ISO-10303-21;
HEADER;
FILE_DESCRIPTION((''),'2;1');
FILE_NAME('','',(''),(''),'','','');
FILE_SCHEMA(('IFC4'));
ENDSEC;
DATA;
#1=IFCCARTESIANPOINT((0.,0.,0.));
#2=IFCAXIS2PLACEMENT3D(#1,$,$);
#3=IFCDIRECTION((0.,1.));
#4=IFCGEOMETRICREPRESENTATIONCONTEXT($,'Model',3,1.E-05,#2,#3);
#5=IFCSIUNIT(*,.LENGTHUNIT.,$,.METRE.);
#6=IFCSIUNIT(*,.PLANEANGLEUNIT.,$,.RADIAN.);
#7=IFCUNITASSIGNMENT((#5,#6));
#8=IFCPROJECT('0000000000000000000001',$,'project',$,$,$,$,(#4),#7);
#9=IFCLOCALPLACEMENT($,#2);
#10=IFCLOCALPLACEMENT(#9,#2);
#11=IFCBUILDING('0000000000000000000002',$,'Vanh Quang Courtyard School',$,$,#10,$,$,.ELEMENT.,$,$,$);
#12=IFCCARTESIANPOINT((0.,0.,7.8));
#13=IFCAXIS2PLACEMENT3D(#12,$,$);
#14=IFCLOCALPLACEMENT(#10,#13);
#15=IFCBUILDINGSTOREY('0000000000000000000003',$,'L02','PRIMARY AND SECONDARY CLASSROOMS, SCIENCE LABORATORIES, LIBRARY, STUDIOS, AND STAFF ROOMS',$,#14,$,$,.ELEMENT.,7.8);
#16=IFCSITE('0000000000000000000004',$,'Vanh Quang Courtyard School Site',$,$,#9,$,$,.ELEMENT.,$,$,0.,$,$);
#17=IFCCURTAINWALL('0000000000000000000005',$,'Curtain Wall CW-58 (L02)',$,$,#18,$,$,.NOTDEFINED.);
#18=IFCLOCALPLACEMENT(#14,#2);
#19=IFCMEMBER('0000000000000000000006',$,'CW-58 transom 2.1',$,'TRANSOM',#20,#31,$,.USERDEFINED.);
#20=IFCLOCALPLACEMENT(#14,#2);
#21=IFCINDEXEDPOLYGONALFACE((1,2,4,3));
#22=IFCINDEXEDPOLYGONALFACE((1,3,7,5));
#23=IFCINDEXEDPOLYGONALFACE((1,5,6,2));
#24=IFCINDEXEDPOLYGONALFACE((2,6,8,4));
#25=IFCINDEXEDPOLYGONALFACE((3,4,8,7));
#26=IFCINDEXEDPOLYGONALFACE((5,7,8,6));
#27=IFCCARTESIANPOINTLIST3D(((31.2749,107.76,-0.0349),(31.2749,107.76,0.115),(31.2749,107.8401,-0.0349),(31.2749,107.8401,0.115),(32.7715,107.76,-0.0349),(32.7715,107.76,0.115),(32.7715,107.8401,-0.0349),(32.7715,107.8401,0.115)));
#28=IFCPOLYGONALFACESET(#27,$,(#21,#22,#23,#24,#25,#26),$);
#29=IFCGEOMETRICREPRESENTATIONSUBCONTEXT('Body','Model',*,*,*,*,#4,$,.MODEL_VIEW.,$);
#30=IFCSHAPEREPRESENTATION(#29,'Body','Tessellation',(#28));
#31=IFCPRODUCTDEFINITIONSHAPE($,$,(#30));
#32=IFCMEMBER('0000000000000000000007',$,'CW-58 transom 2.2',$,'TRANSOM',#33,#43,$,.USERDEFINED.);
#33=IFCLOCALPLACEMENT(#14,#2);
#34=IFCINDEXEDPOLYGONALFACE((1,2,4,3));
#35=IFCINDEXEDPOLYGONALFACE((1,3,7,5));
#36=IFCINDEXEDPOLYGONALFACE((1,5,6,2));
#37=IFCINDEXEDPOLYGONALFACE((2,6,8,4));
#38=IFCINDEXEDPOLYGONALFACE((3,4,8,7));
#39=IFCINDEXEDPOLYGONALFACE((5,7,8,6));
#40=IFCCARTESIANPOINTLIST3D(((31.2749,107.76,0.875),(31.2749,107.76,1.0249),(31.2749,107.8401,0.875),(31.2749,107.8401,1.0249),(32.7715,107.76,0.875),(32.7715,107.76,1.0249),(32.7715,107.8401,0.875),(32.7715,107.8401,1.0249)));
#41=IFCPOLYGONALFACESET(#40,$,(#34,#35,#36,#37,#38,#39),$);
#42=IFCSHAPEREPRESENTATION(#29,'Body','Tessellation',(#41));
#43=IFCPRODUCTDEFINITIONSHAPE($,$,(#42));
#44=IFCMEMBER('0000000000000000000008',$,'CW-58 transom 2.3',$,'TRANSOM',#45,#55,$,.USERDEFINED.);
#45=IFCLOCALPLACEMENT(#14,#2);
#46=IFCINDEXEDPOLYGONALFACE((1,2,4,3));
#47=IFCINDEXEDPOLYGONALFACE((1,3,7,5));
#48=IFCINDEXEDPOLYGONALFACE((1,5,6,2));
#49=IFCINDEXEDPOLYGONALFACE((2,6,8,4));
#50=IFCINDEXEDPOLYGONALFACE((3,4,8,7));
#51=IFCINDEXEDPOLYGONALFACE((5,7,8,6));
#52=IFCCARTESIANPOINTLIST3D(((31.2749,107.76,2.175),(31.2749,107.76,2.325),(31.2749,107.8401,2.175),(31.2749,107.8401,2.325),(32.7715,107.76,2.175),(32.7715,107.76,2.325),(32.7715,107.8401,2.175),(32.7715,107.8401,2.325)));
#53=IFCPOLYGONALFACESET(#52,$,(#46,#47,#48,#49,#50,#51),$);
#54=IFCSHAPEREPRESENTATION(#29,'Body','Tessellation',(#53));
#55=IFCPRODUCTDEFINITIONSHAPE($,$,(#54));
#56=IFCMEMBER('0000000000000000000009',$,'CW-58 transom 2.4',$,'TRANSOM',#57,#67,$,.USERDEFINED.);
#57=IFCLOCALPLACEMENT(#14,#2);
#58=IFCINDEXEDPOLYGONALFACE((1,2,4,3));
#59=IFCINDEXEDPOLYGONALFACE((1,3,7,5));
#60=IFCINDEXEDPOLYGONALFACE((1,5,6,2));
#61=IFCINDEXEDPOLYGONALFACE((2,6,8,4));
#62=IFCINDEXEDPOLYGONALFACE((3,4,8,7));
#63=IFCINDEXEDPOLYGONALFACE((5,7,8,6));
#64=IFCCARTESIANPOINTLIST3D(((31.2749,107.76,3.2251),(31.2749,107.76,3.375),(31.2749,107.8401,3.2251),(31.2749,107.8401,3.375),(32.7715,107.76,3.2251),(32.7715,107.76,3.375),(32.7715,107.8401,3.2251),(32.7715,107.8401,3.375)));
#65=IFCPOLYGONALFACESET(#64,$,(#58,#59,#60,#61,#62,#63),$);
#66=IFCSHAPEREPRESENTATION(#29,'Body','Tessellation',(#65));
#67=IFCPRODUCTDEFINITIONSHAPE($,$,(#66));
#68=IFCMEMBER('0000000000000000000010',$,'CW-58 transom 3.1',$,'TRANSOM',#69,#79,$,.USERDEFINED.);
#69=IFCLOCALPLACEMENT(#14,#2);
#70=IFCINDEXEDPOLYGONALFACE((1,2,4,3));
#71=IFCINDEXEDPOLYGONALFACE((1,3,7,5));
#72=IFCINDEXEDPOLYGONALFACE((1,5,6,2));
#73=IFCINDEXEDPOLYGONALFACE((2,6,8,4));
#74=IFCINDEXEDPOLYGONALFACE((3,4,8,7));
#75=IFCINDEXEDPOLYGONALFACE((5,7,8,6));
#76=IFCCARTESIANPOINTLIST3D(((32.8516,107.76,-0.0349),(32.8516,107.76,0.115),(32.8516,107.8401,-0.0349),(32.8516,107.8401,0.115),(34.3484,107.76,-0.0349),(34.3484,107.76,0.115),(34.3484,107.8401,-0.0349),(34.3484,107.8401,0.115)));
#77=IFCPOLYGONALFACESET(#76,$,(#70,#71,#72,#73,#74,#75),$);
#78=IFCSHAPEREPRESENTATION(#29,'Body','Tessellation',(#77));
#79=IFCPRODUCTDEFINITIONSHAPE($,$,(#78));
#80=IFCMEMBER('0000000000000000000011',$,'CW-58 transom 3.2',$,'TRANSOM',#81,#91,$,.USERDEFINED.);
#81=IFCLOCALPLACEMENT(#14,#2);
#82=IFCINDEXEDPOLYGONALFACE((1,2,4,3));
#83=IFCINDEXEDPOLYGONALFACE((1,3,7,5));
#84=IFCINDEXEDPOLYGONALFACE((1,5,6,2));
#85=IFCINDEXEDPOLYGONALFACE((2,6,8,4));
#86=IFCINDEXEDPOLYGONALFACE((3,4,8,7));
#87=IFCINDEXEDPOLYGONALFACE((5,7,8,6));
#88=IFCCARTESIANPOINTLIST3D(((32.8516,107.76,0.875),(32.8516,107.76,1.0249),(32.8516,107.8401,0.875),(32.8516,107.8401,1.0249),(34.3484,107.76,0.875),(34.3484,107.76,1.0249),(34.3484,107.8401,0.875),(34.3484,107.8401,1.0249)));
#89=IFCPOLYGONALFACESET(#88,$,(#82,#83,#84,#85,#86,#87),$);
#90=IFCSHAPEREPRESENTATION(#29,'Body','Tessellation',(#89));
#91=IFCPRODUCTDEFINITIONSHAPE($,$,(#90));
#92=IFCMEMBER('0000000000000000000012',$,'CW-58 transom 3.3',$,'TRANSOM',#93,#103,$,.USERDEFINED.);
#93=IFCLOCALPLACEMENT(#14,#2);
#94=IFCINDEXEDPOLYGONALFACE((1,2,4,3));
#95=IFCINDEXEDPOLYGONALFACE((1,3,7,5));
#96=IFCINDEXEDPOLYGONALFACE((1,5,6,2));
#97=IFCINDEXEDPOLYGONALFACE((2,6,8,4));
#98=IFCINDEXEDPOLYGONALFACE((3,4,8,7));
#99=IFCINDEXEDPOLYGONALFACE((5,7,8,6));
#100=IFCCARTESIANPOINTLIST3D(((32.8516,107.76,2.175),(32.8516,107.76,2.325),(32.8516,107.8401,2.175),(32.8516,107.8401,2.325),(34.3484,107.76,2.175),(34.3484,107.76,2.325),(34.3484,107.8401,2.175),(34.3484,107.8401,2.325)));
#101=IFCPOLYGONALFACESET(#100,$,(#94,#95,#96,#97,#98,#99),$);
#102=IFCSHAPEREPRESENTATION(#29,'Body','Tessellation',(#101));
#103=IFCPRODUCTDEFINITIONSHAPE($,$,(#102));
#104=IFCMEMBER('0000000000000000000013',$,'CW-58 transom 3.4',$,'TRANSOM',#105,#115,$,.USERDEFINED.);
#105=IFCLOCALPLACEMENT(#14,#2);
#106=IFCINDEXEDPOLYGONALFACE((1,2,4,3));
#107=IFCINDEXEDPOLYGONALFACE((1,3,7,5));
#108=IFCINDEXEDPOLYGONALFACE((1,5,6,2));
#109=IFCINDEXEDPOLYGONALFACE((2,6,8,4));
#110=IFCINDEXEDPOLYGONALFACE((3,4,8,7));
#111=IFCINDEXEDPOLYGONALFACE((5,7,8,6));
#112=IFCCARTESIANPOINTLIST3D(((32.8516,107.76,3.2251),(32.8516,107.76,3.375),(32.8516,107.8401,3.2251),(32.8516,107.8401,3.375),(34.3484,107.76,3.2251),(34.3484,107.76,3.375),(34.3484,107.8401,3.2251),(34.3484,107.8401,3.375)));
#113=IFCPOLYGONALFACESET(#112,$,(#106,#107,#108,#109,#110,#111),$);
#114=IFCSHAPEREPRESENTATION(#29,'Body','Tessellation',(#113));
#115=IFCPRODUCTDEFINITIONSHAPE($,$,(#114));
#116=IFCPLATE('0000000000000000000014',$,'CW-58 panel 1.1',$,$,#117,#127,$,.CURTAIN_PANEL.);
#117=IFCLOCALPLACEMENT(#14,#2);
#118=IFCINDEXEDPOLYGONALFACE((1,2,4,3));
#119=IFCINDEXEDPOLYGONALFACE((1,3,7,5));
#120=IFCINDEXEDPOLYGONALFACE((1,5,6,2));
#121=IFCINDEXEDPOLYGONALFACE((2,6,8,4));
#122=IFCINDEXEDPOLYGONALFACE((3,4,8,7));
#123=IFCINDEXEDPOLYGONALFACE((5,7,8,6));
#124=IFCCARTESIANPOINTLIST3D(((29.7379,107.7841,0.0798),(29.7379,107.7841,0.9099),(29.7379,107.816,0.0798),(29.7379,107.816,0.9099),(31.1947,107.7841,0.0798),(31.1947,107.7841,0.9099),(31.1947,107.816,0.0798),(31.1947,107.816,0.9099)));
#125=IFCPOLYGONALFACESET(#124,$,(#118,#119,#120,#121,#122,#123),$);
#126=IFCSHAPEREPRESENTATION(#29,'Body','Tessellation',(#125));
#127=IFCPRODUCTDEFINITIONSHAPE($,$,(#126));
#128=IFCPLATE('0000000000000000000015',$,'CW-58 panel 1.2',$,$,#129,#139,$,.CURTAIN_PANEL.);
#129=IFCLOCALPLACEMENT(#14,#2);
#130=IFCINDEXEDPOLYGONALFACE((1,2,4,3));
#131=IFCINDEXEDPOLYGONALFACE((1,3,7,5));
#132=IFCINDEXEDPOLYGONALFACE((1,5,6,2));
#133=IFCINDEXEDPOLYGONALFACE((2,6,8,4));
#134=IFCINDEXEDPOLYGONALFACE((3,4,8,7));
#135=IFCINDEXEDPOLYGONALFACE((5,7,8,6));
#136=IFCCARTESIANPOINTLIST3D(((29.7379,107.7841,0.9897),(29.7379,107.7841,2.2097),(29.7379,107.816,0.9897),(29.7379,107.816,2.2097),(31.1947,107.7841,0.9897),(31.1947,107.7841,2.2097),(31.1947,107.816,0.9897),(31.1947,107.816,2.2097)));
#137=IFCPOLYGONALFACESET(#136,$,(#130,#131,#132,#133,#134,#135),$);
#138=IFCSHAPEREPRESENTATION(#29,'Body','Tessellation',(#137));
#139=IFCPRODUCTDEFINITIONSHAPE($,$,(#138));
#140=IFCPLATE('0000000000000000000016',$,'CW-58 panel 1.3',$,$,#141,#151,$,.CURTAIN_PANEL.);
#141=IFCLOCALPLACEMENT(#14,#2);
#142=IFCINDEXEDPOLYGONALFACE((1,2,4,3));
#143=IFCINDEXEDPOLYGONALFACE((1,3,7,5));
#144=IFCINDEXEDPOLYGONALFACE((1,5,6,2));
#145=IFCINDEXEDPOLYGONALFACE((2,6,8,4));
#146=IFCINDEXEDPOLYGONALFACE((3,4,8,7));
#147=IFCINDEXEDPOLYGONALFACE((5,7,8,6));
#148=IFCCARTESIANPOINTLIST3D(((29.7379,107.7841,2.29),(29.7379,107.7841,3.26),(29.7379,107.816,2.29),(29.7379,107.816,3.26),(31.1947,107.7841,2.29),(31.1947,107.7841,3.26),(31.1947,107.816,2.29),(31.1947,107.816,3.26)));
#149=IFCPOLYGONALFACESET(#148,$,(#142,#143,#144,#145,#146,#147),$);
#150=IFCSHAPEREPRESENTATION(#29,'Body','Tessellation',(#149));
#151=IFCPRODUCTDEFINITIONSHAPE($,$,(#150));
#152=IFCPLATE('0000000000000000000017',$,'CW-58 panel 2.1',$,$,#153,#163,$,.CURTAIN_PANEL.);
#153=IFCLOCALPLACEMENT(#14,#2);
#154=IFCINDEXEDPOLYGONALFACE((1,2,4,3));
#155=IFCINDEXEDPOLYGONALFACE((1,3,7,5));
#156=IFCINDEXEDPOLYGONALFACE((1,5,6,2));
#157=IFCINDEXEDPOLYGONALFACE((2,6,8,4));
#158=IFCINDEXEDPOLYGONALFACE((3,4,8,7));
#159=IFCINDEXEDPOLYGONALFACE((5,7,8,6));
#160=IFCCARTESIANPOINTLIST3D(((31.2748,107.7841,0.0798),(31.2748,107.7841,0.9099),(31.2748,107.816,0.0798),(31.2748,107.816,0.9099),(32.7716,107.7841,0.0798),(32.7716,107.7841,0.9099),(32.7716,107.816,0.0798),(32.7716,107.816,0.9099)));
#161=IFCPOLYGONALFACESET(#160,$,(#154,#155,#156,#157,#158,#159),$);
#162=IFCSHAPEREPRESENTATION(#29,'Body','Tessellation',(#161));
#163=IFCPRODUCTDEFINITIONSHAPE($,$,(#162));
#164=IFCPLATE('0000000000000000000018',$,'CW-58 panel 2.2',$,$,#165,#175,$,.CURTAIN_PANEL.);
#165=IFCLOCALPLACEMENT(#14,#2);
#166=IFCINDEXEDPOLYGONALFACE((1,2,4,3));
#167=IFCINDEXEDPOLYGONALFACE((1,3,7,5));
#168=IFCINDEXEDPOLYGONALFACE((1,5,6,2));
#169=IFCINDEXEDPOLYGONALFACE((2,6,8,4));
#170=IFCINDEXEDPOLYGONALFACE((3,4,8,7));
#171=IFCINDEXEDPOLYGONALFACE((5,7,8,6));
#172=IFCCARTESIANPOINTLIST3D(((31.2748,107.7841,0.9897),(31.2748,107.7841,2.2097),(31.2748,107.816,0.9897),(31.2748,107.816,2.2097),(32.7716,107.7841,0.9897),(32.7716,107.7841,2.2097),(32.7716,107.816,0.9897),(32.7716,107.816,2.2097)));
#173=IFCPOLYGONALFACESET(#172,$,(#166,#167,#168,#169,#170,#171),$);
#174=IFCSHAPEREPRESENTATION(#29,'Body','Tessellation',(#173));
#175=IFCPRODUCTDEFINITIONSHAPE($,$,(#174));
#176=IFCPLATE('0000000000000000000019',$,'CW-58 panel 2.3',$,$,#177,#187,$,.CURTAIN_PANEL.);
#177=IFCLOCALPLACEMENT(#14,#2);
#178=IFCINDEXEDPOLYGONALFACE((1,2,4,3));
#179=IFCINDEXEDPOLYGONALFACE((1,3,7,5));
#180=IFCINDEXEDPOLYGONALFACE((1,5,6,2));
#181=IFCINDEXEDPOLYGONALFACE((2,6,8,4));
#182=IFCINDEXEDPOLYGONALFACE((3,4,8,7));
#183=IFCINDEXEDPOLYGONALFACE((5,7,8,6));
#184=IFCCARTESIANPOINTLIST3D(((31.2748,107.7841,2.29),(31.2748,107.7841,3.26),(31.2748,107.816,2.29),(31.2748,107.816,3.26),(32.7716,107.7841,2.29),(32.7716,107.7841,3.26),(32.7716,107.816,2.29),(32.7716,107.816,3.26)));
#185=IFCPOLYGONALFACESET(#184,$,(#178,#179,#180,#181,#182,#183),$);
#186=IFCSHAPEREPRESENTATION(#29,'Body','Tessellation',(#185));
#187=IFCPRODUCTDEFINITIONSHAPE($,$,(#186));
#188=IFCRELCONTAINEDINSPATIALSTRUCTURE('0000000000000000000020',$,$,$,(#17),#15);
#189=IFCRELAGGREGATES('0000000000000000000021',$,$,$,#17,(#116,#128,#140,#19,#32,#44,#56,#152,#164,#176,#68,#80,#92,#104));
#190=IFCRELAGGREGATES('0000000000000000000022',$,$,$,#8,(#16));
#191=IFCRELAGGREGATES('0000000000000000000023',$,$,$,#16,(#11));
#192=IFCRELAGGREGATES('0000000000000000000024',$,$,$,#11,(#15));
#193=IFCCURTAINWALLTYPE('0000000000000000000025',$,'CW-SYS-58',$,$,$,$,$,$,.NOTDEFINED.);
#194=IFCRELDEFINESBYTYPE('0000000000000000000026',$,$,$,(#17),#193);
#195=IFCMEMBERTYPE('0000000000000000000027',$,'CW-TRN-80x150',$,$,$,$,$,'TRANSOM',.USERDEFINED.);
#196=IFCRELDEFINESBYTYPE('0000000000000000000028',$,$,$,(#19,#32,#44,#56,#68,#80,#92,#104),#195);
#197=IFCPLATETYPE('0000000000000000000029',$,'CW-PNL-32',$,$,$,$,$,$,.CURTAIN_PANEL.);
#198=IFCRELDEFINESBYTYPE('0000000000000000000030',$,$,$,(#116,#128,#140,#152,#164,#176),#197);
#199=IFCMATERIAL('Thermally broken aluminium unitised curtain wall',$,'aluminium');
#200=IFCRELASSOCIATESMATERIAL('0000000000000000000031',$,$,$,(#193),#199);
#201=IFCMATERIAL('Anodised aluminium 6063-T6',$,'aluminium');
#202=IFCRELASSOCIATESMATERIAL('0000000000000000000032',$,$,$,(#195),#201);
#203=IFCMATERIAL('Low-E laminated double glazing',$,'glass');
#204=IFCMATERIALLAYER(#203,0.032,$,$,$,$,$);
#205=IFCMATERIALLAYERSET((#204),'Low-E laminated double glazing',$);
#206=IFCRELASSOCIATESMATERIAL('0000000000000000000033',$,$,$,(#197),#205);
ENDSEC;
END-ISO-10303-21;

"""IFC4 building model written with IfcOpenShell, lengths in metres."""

from ifc_helpers import new_model, si_unit, direction, frame, origin, origin_2d, place, context, subcontext, project, spatial, rectangle, extrude, material, layer, layer_set, material_profile, profile_set, type_object, element, aggregate, save


model = new_model("IFC4")

# Units and contexts
model_context = context("Model", 3, precision=1e-05, world=origin(), true_north=direction((0.0, 1.0)))
body_context = subcontext(model_context, "Body", "Model", "MODEL_VIEW")
ifc_project = project(units=[si_unit("LENGTHUNIT", "METRE"), si_unit("PLANEANGLEUNIT", "RADIAN")], contexts=[model_context])

# Site, building, storey
site_placement = place(None, origin())
site = spatial("IfcSite", under=ifc_project, at=site_placement, Name="Vanh Quang Courtyard School Site", CompositionType="ELEMENT", RefElevation=0.0)
building_placement = place(site_placement, origin())
building = spatial("IfcBuilding", under=site, at=building_placement, Name="Vanh Quang Courtyard School", CompositionType="ELEMENT")
storey_placement = place(building_placement, frame((0.0, 0.0, 7.8)))
storey = spatial("IfcBuildingStorey", under=building, at=storey_placement, Name="L02", Description="PRIMARY AND SECONDARY CLASSROOMS, SCIENCE LABORATORIES, LIBRARY, STUDIOS, AND STAFF ROOMS", CompositionType="ELEMENT", Elevation=7.8)

# Curtain wall, members, plates
ifc_material_1 = material(Name="Thermally broken aluminium unitised curtain wall", Category="aluminium")
curtain_wall_type = type_object("IfcCurtainWallType", Name="CW-SYS-58", PredefinedType="NOTDEFINED", material=ifc_material_1)
curtain_wall_placement = place(storey_placement, origin())
curtain_wall = element("IfcCurtainWall", 1, at=curtain_wall_placement, inside=storey, type_object=curtain_wall_type, Name="Curtain Wall CW-58 (L02)", PredefinedType="NOTDEFINED")
ifc_material_2 = material(Name="Anodised aluminium 6063-T6", Category="aluminium")
ifc_material_profile_1 = material_profile(ifc_material_2, rectangle(XDim=0.0801, YDim=0.1499, at=origin_2d()), Name="ALU-TRN 80x150")
ifc_profile_set_1 = profile_set([ifc_material_profile_1], Name="Anodised aluminium 6063-T6")
member_type_1 = type_object("IfcMemberType", Name="CW-TRN-80x150", ElementType="TRANSOM", PredefinedType="USERDEFINED", material=ifc_profile_set_1)
member_1_placement = place(storey_placement, frame((31.2749, 107.8, 0.04), z_axis=(1.0, 0.0, 0.0), x_axis=(0.0, 1.0, 0.0)))
member_1 = element("IfcMember", 2, at=member_1_placement, type_object=member_type_1, Name="CW-58 transom 2.1", ObjectType="TRANSOM", PredefinedType="USERDEFINED", context=body_context, shape_type="SweptSolid", body=[
    extrude(rectangle(XDim=0.0801, YDim=0.1499, at=origin_2d()), origin(), (0.0, 0.0, 1.0), 1.4966),
])
member_2_placement = place(storey_placement, frame((31.2749, 107.8, 0.95), z_axis=(1.0, 0.0, 0.0), x_axis=(0.0, 1.0, 0.0)))
member_2 = element("IfcMember", 3, at=member_2_placement, type_object=member_type_1, Name="CW-58 transom 2.2", ObjectType="TRANSOM", PredefinedType="USERDEFINED", context=body_context, shape_type="SweptSolid", body=[
    extrude(rectangle(XDim=0.0801, YDim=0.1499, at=origin_2d()), origin(), (0.0, 0.0, 1.0), 1.4966),
])
member_3_placement = place(storey_placement, frame((31.2749, 107.8, 2.25), z_axis=(1.0, 0.0, 0.0), x_axis=(0.0, 1.0, 0.0)))
member_3 = element("IfcMember", 4, at=member_3_placement, type_object=member_type_1, Name="CW-58 transom 2.3", ObjectType="TRANSOM", PredefinedType="USERDEFINED", context=body_context, shape_type="SweptSolid", body=[
    extrude(rectangle(XDim=0.0801, YDim=0.1499, at=origin_2d()), origin(), (0.0, 0.0, 1.0), 1.4966),
])
member_4_placement = place(storey_placement, frame((31.2749, 107.8, 3.3), z_axis=(1.0, 0.0, 0.0), x_axis=(0.0, 1.0, 0.0)))
member_4 = element("IfcMember", 5, at=member_4_placement, type_object=member_type_1, Name="CW-58 transom 2.4", ObjectType="TRANSOM", PredefinedType="USERDEFINED", context=body_context, shape_type="SweptSolid", body=[
    extrude(rectangle(XDim=0.0801, YDim=0.1499, at=origin_2d()), origin(), (0.0, 0.0, 1.0), 1.4966),
])
member_5_placement = place(storey_placement, frame((32.8516, 107.8, 0.04), z_axis=(1.0, 0.0, 0.0), x_axis=(0.0, 1.0, 0.0)))
member_5 = element("IfcMember", 6, at=member_5_placement, type_object=member_type_1, Name="CW-58 transom 3.1", ObjectType="TRANSOM", PredefinedType="USERDEFINED", context=body_context, shape_type="SweptSolid", body=[
    extrude(rectangle(XDim=0.0801, YDim=0.1499, at=origin_2d()), origin(), (0.0, 0.0, 1.0), 1.4968),
])
member_6_placement = place(storey_placement, frame((32.8516, 107.8, 0.95), z_axis=(1.0, 0.0, 0.0), x_axis=(0.0, 1.0, 0.0)))
member_6 = element("IfcMember", 7, at=member_6_placement, type_object=member_type_1, Name="CW-58 transom 3.2", ObjectType="TRANSOM", PredefinedType="USERDEFINED", context=body_context, shape_type="SweptSolid", body=[
    extrude(rectangle(XDim=0.0801, YDim=0.1499, at=origin_2d()), origin(), (0.0, 0.0, 1.0), 1.4968),
])
member_7_placement = place(storey_placement, frame((32.8516, 107.8, 2.25), z_axis=(1.0, 0.0, 0.0), x_axis=(0.0, 1.0, 0.0)))
member_7 = element("IfcMember", 8, at=member_7_placement, type_object=member_type_1, Name="CW-58 transom 3.3", ObjectType="TRANSOM", PredefinedType="USERDEFINED", context=body_context, shape_type="SweptSolid", body=[
    extrude(rectangle(XDim=0.0801, YDim=0.1499, at=origin_2d()), origin(), (0.0, 0.0, 1.0), 1.4968),
])
member_8_placement = place(storey_placement, frame((32.8516, 107.8, 3.3), z_axis=(1.0, 0.0, 0.0), x_axis=(0.0, 1.0, 0.0)))
member_8 = element("IfcMember", 9, at=member_8_placement, type_object=member_type_1, Name="CW-58 transom 3.4", ObjectType="TRANSOM", PredefinedType="USERDEFINED", context=body_context, shape_type="SweptSolid", body=[
    extrude(rectangle(XDim=0.0801, YDim=0.1499, at=origin_2d()), origin(), (0.0, 0.0, 1.0), 1.4968),
])
ifc_material_3 = material(Name="Low-E laminated double glazing", Category="glass")
ifc_layer_1 = layer(ifc_material_3, 0.032)
ifc_layer_set_1 = layer_set([ifc_layer_1], Name="Low-E laminated double glazing")
plate_type = type_object("IfcPlateType", Name="CW-PNL-32", PredefinedType="CURTAIN_PANEL", material=ifc_layer_set_1)
plate_1_placement = place(storey_placement, frame((30.4663, 107.8, 0.0798), z_axis=(0.0, 0.0, 1.0), x_axis=(1.0, 0.0, 0.0)))
plate_1 = element("IfcPlate", 10, at=plate_1_placement, type_object=plate_type, Name="CW-58 panel 1.1", PredefinedType="CURTAIN_PANEL", context=body_context, shape_type="SweptSolid", body=[
    extrude(rectangle(XDim=1.4568, YDim=0.032, at=origin_2d()), origin(), (0.0, 0.0, 1.0), 0.8301),
])
plate_2_placement = place(storey_placement, frame((30.4663, 107.8, 0.9897), z_axis=(0.0, 0.0, 1.0), x_axis=(1.0, 0.0, 0.0)))
plate_2 = element("IfcPlate", 11, at=plate_2_placement, type_object=plate_type, Name="CW-58 panel 1.2", PredefinedType="CURTAIN_PANEL", context=body_context, shape_type="SweptSolid", body=[
    extrude(rectangle(XDim=1.4568, YDim=0.032, at=origin_2d()), origin(), (0.0, 0.0, 1.0), 1.22),
])
plate_3_placement = place(storey_placement, frame((30.4663, 107.8, 2.29), z_axis=(0.0, 0.0, 1.0), x_axis=(1.0, 0.0, 0.0)))
plate_3 = element("IfcPlate", 12, at=plate_3_placement, type_object=plate_type, Name="CW-58 panel 1.3", PredefinedType="CURTAIN_PANEL", context=body_context, shape_type="SweptSolid", body=[
    extrude(rectangle(XDim=1.4568, YDim=0.032, at=origin_2d()), origin(), (0.0, 0.0, 1.0), 0.97),
])
plate_4_placement = place(storey_placement, frame((32.0232, 107.8, 0.0798), z_axis=(0.0, 0.0, 1.0), x_axis=(1.0, 0.0, 0.0)))
plate_4 = element("IfcPlate", 13, at=plate_4_placement, type_object=plate_type, Name="CW-58 panel 2.1", PredefinedType="CURTAIN_PANEL", context=body_context, shape_type="SweptSolid", body=[
    extrude(rectangle(XDim=1.4968, YDim=0.032, at=origin_2d()), origin(), (0.0, 0.0, 1.0), 0.8301),
])
plate_5_placement = place(storey_placement, frame((32.0232, 107.8, 0.9897), z_axis=(0.0, 0.0, 1.0), x_axis=(1.0, 0.0, 0.0)))
plate_5 = element("IfcPlate", 14, at=plate_5_placement, type_object=plate_type, Name="CW-58 panel 2.2", PredefinedType="CURTAIN_PANEL", context=body_context, shape_type="SweptSolid", body=[
    extrude(rectangle(XDim=1.4968, YDim=0.032, at=origin_2d()), origin(), (0.0, 0.0, 1.0), 1.22),
])
plate_6_placement = place(storey_placement, frame((32.0232, 107.8, 2.29), z_axis=(0.0, 0.0, 1.0), x_axis=(1.0, 0.0, 0.0)))
plate_6 = element("IfcPlate", 15, at=plate_6_placement, type_object=plate_type, Name="CW-58 panel 2.3", PredefinedType="CURTAIN_PANEL", context=body_context, shape_type="SweptSolid", body=[
    extrude(rectangle(XDim=1.4968, YDim=0.032, at=origin_2d()), origin(), (0.0, 0.0, 1.0), 0.97),
])
aggregate(curtain_wall, [plate_1, plate_2, plate_3, member_1, member_2, member_3, member_4, plate_4, plate_5, plate_6, member_5, member_6, member_7, member_8])

save(model, "model.ifc")
